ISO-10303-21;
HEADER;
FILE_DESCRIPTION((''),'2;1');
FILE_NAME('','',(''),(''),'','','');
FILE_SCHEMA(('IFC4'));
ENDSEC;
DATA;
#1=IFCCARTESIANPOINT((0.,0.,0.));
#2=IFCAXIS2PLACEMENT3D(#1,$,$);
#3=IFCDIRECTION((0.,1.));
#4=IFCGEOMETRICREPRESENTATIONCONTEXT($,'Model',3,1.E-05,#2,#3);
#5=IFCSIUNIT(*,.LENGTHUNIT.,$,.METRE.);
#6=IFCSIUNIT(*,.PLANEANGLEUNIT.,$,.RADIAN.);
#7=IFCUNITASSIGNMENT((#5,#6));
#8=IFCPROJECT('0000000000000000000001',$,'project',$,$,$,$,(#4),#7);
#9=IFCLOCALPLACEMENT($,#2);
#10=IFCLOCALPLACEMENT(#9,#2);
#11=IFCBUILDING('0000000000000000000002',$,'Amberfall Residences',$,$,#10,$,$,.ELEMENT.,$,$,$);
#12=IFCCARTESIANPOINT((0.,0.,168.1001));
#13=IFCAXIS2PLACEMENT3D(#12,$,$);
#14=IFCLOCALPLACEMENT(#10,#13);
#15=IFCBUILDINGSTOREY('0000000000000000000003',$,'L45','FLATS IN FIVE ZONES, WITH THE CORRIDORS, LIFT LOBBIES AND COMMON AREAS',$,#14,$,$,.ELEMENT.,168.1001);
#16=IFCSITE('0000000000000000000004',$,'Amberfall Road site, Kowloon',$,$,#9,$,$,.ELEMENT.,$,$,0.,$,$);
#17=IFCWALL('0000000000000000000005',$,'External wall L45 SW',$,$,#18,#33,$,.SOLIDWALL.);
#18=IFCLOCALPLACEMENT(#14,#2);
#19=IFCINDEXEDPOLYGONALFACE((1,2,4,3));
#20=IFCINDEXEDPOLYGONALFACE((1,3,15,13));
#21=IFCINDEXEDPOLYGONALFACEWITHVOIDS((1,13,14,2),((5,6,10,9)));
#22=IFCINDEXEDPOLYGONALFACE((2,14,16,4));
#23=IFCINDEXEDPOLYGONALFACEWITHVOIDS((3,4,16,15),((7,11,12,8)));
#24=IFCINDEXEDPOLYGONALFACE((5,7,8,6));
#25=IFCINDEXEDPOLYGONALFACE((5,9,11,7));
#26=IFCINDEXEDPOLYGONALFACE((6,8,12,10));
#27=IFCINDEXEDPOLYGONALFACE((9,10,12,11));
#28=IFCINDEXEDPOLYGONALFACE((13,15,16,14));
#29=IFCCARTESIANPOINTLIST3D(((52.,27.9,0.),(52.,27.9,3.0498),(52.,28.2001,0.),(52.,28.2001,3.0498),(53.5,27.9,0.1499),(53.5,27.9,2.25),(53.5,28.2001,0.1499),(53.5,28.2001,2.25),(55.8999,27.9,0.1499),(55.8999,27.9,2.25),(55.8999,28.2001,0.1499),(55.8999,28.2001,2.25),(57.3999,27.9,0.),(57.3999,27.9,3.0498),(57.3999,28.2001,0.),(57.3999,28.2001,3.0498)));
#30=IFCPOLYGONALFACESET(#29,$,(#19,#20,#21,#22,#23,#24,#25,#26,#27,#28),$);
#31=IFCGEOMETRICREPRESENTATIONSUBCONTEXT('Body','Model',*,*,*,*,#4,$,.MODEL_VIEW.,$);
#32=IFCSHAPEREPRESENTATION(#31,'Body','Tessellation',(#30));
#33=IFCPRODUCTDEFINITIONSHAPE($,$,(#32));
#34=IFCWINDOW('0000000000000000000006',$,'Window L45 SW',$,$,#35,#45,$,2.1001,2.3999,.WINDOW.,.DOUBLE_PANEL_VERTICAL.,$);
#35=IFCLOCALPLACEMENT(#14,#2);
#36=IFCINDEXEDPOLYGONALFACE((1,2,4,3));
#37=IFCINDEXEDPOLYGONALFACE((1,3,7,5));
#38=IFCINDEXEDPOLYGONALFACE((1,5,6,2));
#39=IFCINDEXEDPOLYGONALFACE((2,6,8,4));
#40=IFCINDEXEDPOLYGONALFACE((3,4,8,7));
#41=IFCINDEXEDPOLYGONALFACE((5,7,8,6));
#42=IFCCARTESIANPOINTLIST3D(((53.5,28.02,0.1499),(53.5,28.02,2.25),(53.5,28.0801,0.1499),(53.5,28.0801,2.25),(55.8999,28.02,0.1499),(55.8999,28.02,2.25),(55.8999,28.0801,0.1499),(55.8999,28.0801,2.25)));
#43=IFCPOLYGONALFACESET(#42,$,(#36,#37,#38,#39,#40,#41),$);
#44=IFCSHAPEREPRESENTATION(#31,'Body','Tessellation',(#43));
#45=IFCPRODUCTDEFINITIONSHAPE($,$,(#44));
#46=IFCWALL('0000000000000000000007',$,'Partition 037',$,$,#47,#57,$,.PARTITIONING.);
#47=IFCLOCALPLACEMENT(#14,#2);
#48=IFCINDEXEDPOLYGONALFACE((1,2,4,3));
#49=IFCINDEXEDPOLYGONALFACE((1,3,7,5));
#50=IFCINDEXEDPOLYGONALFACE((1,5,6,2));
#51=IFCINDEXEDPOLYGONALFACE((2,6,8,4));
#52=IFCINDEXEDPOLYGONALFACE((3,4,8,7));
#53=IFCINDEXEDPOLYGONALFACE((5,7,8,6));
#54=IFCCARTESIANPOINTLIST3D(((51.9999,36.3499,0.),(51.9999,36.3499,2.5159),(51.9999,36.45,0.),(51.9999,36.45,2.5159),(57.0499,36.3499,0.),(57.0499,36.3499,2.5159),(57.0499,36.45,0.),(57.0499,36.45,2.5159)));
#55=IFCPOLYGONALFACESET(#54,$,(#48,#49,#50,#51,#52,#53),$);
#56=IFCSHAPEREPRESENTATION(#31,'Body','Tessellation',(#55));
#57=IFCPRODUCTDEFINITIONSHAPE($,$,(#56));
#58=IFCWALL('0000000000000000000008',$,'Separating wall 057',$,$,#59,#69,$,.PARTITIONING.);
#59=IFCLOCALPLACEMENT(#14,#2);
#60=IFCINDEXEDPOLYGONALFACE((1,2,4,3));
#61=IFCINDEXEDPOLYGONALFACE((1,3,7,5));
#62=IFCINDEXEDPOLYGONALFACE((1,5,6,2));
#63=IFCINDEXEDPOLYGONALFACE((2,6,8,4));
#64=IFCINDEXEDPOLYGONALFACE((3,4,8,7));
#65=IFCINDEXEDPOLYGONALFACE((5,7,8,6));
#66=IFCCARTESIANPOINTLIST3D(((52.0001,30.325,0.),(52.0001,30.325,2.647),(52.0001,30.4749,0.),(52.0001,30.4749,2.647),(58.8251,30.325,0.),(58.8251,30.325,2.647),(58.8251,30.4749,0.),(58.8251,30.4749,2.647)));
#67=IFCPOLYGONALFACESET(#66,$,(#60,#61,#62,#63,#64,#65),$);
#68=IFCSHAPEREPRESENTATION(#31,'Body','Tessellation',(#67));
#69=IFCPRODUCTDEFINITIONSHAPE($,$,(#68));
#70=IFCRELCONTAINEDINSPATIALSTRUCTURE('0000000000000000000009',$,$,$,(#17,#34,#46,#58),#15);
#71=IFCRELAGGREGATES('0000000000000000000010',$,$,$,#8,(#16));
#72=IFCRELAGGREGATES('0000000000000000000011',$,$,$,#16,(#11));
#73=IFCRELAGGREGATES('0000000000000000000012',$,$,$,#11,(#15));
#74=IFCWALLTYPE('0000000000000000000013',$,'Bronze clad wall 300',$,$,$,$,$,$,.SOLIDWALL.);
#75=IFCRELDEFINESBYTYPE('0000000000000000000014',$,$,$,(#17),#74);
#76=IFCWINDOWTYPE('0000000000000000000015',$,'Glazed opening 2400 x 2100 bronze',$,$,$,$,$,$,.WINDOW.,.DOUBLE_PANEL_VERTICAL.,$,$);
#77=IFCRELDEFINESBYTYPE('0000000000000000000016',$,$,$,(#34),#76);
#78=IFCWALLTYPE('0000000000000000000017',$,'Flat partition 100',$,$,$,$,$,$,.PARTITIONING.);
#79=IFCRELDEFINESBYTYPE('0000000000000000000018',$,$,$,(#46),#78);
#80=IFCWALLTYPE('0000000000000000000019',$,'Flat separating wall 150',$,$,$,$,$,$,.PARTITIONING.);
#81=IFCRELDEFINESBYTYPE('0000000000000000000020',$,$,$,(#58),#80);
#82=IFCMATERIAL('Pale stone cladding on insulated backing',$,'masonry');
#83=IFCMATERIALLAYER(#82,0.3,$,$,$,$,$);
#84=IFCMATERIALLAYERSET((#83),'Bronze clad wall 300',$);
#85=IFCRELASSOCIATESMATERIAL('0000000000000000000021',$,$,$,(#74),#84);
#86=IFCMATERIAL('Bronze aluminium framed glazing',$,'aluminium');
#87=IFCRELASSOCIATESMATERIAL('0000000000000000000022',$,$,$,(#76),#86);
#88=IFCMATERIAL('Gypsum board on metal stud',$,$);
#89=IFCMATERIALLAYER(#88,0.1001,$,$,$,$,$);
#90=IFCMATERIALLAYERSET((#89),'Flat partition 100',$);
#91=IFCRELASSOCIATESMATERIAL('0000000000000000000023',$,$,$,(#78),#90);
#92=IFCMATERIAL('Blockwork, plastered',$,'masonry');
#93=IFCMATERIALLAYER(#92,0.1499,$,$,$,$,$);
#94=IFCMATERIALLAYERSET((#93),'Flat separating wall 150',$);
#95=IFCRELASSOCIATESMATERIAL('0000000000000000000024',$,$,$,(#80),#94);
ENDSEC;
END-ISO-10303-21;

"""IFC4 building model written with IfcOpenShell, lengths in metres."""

from ifc_helpers import new_model, si_unit, direction, frame, frame_2d, origin, place, context, subcontext, project, spatial, rectangle, extrude, material, layer, layer_set, type_object, element, fill, save


model = new_model("IFC4")

# Units and contexts
model_context = context("Model", 3, precision=1e-05, world=origin(), true_north=direction((0.0, 1.0)))
body_context = subcontext(model_context, "Body", "Model", "MODEL_VIEW")
ifc_project = project(units=[si_unit("LENGTHUNIT", "METRE"), si_unit("PLANEANGLEUNIT", "RADIAN")], contexts=[model_context])

# Site, building, storey
site_placement = place(None, origin())
site = spatial("IfcSite", under=ifc_project, at=site_placement, Name="Amberfall Road site, Kowloon", CompositionType="ELEMENT", RefElevation=0.0)
building_placement = place(site_placement, origin())
building = spatial("IfcBuilding", under=site, at=building_placement, Name="Amberfall Residences", CompositionType="ELEMENT")
storey_placement = place(building_placement, frame((0.0, 0.0, 168.1001)))
storey = spatial("IfcBuildingStorey", under=building, at=storey_placement, Name="L45", Description="FLATS IN FIVE ZONES, WITH THE CORRIDORS, LIFT LOBBIES AND COMMON AREAS", CompositionType="ELEMENT", Elevation=168.1001)

# Wall, opening, window
ifc_material_1 = material(Name="Pale stone cladding on insulated backing", Category="masonry")
ifc_layer_1 = layer(ifc_material_1, 0.3)
ifc_layer_set_1 = layer_set([ifc_layer_1], Name="Bronze clad wall 300")
wall_type_1 = type_object("IfcWallType", Name="Bronze clad wall 300", PredefinedType="SOLIDWALL", material=ifc_layer_set_1)
wall_1_placement = place(storey_placement, frame((52.0, 28.05, 0.0), z_axis=(0.0, 0.0, 1.0), x_axis=(1.0, 0.0, 0.0)))
wall_1 = element("IfcWall", 1, at=wall_1_placement, inside=storey, type_object=wall_type_1, Name="External wall L45 SW", PredefinedType="SOLIDWALL", context=body_context, shape_type="SweptSolid", body=[
    extrude(rectangle(XDim=5.3999, YDim=0.3, at=frame_2d((2.7, 0.0))), origin(), (0.0, 0.0, 1.0), 3.0498),
])
opening_placement = place(wall_1_placement, frame((1.5, 0.0, 0.1499)))
opening = element("IfcOpeningElement", 2, at=opening_placement, cuts=wall_1, PredefinedType="OPENING", context=body_context, shape_type="SweptSolid", body=[
    extrude(rectangle(XDim=2.3999, YDim=2.1001, at=frame_2d((1.2, 1.05))), frame((0.0, 0.1599, 0.0), z_axis=(0.0, -1.0, 0.0), x_axis=(1.0, 0.0, 0.0)), (0.0, 0.0, 1.0), 0.3201),
])
ifc_material_2 = material(Name="Bronze aluminium framed glazing", Category="aluminium")
window_type = type_object("IfcWindowType", Name="Glazed opening 2400 x 2100 bronze", PartitioningType="DOUBLE_PANEL_VERTICAL", PredefinedType="WINDOW", material=ifc_material_2)
window_placement = place(opening_placement, origin())
window = element("IfcWindow", 3, at=window_placement, inside=storey, type_object=window_type, Name="Window L45 SW", OverallHeight=2.1001, OverallWidth=2.3999, PartitioningType="DOUBLE_PANEL_VERTICAL", PredefinedType="WINDOW", context=body_context, shape_type="SweptSolid", body=[
    extrude(rectangle(XDim=2.3999, YDim=2.1001, at=frame_2d((1.2, 1.05))), frame((0.0, 0.03, 0.0), z_axis=(0.0, -1.0, 0.0), x_axis=(1.0, 0.0, 0.0)), (0.0, 0.0, 1.0), 0.0601),
])
fill(opening, window)

# Walls
ifc_material_3 = material(Name="Gypsum board on metal stud")
ifc_layer_2 = layer(ifc_material_3, 0.1001)
ifc_layer_set_2 = layer_set([ifc_layer_2], Name="Flat partition 100")
wall_type_2 = type_object("IfcWallType", Name="Flat partition 100", PredefinedType="PARTITIONING", material=ifc_layer_set_2)
wall_2_placement = place(storey_placement, frame((52.0, 36.3999, 0.0), z_axis=(0.0, 0.0, 1.0), x_axis=(1.0, 0.0, 0.0)))
element("IfcWall", 4, at=wall_2_placement, inside=storey, type_object=wall_type_2, Name="Partition 037", PredefinedType="PARTITIONING", context=body_context, shape_type="SweptSolid", body=[
    extrude(rectangle(XDim=5.05, YDim=0.1001, at=frame_2d((2.5249, 0.0))), origin(), (0.0, 0.0, 1.0), 2.5159),
])
ifc_material_4 = material(Name="Blockwork, plastered", Category="masonry")
ifc_layer_3 = layer(ifc_material_4, 0.1499)
ifc_layer_set_3 = layer_set([ifc_layer_3], Name="Flat separating wall 150")
wall_type_3 = type_object("IfcWallType", Name="Flat separating wall 150", PredefinedType="PARTITIONING", material=ifc_layer_set_3)
wall_3_placement = place(storey_placement, frame((52.0, 30.3999, 0.0), z_axis=(0.0, 0.0, 1.0), x_axis=(1.0, 0.0, 0.0)))
element("IfcWall", 5, at=wall_3_placement, inside=storey, type_object=wall_type_3, Name="Separating wall 057", PredefinedType="PARTITIONING", context=body_context, shape_type="SweptSolid", body=[
    extrude(rectangle(XDim=6.825, YDim=0.1499, at=frame_2d((3.4126, 0.0))), origin(), (0.0, 0.0, 1.0), 2.647),
])

save(model, "model.ifc")
